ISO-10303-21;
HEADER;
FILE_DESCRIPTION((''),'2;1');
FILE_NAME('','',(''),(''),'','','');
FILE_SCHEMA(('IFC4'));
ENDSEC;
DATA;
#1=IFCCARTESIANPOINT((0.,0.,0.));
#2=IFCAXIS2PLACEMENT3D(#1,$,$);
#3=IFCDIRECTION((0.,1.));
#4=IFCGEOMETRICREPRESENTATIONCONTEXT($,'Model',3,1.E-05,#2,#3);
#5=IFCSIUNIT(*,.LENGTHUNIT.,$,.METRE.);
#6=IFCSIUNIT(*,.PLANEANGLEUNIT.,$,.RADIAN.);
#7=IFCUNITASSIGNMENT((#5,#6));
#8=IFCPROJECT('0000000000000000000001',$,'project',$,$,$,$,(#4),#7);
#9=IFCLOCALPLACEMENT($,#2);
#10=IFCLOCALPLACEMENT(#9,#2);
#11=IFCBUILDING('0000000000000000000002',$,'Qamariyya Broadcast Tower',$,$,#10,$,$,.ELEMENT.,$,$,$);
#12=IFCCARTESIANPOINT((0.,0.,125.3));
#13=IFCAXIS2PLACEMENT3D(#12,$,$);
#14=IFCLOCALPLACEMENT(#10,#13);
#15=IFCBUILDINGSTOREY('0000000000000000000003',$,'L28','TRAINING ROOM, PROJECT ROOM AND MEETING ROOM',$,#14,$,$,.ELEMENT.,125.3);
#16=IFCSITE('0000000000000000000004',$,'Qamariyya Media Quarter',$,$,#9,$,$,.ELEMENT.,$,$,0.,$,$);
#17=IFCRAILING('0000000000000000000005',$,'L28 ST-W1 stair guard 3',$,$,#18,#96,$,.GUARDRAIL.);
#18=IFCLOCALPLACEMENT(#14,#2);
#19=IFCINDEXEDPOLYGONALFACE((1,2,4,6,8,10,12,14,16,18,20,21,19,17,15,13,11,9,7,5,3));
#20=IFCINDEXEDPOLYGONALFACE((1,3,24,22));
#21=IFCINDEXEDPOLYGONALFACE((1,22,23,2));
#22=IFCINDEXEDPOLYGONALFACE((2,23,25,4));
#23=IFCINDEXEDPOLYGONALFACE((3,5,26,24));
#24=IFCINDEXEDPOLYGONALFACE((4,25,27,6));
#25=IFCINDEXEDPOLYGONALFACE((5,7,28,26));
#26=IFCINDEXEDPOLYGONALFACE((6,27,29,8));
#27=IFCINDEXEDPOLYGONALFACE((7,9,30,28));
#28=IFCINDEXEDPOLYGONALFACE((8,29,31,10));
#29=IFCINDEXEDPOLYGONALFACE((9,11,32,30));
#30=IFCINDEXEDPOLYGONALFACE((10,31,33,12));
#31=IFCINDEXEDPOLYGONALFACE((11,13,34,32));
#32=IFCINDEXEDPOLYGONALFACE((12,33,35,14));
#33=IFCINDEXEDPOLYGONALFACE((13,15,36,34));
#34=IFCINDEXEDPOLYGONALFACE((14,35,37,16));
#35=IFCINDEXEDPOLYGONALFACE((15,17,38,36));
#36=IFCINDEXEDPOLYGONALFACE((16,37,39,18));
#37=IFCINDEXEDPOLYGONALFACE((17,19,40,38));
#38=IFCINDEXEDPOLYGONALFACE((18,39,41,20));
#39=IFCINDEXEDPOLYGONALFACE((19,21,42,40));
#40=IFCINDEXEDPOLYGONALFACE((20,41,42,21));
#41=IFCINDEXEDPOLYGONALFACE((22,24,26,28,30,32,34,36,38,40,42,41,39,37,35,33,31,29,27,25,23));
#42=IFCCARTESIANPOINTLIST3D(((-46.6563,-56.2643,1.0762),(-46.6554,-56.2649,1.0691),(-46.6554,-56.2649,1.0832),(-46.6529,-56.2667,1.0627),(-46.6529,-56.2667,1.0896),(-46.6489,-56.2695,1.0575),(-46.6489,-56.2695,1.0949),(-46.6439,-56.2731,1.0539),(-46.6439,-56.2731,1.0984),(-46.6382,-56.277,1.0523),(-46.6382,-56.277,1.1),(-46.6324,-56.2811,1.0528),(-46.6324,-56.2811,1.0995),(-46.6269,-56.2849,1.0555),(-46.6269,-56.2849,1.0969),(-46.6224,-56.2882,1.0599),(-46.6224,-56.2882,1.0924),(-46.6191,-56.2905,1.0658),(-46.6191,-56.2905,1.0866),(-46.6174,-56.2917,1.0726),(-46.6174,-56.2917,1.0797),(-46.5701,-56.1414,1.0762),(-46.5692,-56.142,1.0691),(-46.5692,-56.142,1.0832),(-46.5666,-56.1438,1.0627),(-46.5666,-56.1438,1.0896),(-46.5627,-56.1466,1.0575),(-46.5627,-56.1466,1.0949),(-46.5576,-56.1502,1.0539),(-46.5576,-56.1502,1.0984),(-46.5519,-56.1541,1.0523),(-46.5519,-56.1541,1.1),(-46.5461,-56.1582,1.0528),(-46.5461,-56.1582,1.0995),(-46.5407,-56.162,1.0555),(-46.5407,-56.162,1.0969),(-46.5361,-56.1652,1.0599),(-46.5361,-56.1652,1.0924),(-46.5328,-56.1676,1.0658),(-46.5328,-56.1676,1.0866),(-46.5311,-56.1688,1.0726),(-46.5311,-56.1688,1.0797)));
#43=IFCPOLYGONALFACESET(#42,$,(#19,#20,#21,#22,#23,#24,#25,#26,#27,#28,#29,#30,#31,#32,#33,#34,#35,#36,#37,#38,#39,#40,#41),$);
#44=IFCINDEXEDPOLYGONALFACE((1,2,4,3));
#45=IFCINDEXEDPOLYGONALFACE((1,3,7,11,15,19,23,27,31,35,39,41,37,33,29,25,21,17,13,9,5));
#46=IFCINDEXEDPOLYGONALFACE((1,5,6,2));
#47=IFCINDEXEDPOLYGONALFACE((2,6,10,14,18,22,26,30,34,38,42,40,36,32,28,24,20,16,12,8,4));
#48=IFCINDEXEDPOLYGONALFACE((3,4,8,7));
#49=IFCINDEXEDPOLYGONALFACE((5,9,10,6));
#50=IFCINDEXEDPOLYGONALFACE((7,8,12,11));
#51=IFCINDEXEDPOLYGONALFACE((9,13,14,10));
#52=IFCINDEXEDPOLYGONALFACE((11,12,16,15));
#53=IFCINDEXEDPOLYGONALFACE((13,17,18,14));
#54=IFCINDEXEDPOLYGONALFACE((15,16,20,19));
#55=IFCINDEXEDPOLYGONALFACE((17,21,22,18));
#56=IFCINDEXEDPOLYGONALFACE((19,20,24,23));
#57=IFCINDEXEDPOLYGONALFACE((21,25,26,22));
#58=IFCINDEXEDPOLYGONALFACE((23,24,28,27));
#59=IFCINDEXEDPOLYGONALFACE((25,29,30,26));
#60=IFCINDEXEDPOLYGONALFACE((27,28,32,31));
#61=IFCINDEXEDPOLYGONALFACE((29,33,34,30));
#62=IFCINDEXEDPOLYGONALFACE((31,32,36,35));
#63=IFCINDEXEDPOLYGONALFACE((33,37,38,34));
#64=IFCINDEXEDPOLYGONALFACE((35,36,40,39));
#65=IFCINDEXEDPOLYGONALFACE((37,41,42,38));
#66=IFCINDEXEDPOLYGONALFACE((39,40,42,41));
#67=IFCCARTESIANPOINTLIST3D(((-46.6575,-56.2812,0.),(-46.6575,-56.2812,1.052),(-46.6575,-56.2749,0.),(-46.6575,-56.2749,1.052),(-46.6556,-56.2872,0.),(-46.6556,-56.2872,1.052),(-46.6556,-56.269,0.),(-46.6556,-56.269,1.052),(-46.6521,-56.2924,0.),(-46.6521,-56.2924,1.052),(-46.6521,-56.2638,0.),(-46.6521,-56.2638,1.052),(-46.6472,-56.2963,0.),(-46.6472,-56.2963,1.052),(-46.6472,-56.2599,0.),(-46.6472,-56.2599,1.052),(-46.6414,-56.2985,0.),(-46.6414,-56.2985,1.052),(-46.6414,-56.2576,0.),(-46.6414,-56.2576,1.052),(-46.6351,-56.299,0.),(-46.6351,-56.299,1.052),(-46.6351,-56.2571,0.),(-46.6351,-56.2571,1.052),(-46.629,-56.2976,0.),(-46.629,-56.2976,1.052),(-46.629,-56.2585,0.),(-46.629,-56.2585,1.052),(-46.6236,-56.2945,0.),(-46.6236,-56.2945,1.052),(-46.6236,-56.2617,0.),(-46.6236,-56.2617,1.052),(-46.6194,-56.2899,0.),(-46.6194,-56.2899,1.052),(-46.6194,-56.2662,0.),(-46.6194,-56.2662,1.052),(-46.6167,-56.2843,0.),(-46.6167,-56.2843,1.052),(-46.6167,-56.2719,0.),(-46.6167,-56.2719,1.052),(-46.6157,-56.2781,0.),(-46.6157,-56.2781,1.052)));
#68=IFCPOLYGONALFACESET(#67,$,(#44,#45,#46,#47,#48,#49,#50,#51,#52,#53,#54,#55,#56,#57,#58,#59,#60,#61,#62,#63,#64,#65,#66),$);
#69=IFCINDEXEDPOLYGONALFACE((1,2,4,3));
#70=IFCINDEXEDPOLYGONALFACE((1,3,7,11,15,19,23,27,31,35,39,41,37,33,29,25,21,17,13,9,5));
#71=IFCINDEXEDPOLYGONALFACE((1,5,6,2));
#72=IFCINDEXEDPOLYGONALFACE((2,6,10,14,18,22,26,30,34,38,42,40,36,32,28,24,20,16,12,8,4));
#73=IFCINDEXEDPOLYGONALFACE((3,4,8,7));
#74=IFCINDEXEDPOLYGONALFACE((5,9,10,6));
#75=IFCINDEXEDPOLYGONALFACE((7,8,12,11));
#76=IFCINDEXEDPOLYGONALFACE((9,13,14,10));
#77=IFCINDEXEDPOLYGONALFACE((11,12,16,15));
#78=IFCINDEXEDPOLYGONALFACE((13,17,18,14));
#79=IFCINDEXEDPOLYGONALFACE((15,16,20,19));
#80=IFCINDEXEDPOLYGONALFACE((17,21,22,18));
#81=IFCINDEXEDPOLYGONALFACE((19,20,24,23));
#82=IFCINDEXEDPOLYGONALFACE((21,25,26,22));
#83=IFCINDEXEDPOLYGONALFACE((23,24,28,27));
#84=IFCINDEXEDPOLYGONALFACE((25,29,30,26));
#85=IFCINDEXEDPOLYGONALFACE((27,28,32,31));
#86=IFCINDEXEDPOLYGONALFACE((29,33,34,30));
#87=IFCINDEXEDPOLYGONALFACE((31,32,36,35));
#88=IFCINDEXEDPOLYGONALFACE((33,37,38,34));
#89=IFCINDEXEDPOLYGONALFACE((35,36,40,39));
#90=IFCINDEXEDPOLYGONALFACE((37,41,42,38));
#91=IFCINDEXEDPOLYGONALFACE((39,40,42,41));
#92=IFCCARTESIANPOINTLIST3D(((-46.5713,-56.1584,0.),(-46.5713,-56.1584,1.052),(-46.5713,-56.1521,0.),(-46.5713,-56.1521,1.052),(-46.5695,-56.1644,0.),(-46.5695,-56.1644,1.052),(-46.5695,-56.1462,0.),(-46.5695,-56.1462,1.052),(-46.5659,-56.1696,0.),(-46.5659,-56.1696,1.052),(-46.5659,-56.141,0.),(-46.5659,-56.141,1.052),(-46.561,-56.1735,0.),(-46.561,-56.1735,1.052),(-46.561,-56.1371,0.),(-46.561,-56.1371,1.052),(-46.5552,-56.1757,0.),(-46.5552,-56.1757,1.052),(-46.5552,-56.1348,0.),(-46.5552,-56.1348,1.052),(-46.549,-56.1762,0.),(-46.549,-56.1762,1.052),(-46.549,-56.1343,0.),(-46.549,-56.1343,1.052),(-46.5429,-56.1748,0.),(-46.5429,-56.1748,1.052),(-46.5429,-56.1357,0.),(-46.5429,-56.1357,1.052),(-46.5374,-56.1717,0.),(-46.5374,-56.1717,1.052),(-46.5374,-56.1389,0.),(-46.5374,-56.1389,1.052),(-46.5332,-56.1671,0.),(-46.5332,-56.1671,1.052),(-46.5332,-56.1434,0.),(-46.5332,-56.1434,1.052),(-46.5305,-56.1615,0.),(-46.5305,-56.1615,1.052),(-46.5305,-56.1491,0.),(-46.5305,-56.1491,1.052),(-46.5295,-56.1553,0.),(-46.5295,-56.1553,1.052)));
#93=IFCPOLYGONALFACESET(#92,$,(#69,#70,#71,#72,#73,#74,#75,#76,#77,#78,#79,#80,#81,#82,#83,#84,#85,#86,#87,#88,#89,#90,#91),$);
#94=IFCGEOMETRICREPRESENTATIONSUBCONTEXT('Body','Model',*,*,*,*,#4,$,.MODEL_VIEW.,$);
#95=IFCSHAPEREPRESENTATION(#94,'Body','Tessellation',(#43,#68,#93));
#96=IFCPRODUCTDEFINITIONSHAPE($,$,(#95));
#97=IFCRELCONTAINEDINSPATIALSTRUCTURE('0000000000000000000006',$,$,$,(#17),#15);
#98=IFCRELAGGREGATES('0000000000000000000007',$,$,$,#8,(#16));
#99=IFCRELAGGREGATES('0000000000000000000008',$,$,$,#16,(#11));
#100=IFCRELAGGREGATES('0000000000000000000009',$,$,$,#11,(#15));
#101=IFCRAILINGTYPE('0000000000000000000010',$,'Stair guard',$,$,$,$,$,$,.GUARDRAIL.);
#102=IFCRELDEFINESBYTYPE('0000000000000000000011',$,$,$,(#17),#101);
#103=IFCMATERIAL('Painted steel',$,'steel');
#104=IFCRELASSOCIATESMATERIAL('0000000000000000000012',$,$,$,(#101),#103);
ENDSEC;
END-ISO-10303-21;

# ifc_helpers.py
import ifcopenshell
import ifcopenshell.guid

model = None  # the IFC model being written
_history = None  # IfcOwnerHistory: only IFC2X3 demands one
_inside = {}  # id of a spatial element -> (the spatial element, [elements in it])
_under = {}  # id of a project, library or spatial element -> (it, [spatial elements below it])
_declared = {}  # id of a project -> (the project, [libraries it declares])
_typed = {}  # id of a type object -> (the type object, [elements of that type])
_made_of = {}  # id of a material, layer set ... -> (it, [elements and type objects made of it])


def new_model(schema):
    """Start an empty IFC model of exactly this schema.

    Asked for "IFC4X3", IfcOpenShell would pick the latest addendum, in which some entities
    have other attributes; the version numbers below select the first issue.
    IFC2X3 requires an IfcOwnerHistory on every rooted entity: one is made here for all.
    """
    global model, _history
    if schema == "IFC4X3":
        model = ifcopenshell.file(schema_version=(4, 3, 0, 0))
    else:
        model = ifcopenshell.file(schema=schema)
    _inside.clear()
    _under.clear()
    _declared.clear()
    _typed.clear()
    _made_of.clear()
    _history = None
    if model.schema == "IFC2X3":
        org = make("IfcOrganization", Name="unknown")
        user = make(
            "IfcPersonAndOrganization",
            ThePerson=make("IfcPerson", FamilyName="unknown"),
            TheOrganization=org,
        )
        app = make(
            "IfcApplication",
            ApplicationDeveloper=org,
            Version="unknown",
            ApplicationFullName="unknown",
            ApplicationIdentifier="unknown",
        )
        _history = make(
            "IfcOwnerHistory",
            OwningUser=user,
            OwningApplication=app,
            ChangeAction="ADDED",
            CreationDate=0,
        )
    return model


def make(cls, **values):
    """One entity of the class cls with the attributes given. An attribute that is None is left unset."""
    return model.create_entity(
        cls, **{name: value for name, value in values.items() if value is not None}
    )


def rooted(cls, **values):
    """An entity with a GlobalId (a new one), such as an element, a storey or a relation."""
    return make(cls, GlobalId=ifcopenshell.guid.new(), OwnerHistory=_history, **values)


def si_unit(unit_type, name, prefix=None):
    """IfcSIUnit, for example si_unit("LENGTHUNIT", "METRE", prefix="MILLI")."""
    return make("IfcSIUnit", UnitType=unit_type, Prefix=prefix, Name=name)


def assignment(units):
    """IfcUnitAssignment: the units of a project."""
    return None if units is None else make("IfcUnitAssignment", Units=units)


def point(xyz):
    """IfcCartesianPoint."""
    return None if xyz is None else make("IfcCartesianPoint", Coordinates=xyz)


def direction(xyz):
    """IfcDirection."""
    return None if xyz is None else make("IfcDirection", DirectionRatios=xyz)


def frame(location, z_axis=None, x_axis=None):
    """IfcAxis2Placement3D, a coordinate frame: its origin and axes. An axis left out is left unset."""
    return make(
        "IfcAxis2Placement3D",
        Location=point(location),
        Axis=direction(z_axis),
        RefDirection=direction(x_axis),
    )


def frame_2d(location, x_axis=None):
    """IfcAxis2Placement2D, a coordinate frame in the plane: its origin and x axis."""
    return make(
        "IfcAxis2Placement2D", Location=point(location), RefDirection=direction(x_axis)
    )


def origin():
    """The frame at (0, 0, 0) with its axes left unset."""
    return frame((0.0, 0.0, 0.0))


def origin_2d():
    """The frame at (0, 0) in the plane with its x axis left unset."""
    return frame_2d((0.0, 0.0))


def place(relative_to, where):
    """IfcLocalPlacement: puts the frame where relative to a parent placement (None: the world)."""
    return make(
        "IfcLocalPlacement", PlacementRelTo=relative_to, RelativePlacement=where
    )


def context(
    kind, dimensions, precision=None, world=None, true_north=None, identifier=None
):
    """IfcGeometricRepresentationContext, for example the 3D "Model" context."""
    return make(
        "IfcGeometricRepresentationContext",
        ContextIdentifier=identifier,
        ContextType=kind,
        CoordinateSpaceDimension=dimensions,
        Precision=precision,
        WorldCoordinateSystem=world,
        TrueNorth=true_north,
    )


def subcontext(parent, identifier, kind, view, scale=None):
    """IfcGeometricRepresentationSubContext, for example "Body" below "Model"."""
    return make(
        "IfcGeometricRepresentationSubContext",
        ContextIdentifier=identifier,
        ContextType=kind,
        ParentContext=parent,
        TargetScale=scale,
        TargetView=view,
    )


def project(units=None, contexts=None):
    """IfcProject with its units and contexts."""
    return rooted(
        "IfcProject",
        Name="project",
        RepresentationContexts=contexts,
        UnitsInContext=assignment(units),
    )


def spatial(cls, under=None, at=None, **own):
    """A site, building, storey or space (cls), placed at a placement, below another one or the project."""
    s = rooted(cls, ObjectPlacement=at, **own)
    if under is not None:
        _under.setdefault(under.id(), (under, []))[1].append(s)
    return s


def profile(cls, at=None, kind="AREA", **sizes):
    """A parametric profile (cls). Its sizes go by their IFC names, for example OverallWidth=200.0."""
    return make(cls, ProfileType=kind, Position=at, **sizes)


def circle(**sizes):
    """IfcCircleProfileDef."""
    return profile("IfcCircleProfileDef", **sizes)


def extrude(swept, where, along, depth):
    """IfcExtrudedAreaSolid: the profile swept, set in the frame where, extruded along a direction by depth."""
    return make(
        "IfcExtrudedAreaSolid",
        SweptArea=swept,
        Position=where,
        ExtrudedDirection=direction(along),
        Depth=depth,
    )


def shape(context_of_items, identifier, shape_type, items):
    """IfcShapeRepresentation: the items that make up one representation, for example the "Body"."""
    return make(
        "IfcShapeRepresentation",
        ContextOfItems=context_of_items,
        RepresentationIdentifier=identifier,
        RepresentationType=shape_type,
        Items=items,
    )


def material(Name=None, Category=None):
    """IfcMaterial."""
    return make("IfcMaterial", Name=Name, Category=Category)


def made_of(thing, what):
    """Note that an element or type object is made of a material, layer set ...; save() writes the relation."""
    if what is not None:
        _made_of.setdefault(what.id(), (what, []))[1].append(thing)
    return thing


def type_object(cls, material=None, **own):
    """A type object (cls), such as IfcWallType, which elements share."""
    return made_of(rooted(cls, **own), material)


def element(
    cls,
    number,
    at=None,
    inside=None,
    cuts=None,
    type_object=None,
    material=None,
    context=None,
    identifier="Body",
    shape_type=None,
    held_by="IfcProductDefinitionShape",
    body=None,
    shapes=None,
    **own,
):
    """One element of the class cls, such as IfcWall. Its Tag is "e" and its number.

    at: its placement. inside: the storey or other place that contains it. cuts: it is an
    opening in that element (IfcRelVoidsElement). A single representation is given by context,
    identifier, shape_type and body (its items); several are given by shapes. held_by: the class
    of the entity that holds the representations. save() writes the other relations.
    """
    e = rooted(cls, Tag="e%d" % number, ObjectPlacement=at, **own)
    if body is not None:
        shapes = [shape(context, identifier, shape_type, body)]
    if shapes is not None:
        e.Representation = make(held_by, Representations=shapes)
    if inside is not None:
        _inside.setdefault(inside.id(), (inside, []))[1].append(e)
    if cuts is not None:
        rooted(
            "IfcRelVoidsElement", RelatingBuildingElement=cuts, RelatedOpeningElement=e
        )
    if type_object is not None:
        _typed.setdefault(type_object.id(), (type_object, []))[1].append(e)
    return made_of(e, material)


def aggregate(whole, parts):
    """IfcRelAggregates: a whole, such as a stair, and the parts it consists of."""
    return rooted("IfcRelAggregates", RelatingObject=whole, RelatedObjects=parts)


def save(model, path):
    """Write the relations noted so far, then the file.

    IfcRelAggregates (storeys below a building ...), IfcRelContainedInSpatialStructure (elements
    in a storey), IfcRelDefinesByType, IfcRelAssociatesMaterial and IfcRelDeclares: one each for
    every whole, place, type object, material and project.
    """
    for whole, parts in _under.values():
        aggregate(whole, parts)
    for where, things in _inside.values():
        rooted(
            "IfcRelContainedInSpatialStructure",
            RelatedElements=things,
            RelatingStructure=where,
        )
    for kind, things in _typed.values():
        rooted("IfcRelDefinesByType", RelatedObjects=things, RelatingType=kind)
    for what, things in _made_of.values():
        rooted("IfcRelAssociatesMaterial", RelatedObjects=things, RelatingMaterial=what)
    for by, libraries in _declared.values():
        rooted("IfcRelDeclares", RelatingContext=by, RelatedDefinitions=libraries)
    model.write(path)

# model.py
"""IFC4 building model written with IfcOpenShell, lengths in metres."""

from ifc_helpers import new_model, si_unit, direction, frame, origin, origin_2d, place, context, subcontext, project, spatial, circle, extrude, material, type_object, element, save


model = new_model("IFC4")

# Units and contexts
model_context = context("Model", 3, precision=1e-05, world=origin(), true_north=direction((0.0, 1.0)))
body_context = subcontext(model_context, "Body", "Model", "MODEL_VIEW")
ifc_project = project(units=[si_unit("LENGTHUNIT", "METRE"), si_unit("PLANEANGLEUNIT", "RADIAN")], contexts=[model_context])

# Site, building, storey
site_placement = place(None, origin())
site = spatial("IfcSite", under=ifc_project, at=site_placement, Name="Qamariyya Media Quarter", CompositionType="ELEMENT", RefElevation=0.0)
building_placement = place(site_placement, origin())
building = spatial("IfcBuilding", under=site, at=building_placement, Name="Qamariyya Broadcast Tower", CompositionType="ELEMENT")
storey_placement = place(building_placement, frame((0.0, 0.0, 125.3)))
storey = spatial("IfcBuildingStorey", under=building, at=storey_placement, Name="L28", Description="TRAINING ROOM, PROJECT ROOM AND MEETING ROOM", CompositionType="ELEMENT", Elevation=125.3)

# Railing
ifc_material_1 = material(Name="Painted steel", Category="steel")
railing_type_1 = type_object("IfcRailingType", Name="Stair guard", PredefinedType="GUARDRAIL", material=ifc_material_1)
railing_1_placement = place(storey_placement, frame((-46.6367, -56.2781, 0.0)))
element("IfcRailing", 1, at=railing_1_placement, inside=storey, type_object=railing_type_1, Name="L28 ST-W1 stair guard 3", PredefinedType="GUARDRAIL", context=body_context, shape_type="SweptSolid", body=[
    extrude(circle(Radius=0.0239, at=origin_2d()), frame((0.0, 0.0, 1.0762), z_axis=(0.574445, 0.818543, 0.0), x_axis=(-0.818543, 0.574445, 0.0)), (0.0, 0.0, 1.0), 0.1501),
    extrude(circle(Radius=0.021, at=origin_2d()), origin(), (0.0, 0.0, 1.0), 1.052),
    extrude(circle(Radius=0.021, at=origin_2d()), frame((0.0862, 0.1228, 0.0)), (0.0, 0.0, 1.0), 1.052),
])

save(model, "model.ifc")
